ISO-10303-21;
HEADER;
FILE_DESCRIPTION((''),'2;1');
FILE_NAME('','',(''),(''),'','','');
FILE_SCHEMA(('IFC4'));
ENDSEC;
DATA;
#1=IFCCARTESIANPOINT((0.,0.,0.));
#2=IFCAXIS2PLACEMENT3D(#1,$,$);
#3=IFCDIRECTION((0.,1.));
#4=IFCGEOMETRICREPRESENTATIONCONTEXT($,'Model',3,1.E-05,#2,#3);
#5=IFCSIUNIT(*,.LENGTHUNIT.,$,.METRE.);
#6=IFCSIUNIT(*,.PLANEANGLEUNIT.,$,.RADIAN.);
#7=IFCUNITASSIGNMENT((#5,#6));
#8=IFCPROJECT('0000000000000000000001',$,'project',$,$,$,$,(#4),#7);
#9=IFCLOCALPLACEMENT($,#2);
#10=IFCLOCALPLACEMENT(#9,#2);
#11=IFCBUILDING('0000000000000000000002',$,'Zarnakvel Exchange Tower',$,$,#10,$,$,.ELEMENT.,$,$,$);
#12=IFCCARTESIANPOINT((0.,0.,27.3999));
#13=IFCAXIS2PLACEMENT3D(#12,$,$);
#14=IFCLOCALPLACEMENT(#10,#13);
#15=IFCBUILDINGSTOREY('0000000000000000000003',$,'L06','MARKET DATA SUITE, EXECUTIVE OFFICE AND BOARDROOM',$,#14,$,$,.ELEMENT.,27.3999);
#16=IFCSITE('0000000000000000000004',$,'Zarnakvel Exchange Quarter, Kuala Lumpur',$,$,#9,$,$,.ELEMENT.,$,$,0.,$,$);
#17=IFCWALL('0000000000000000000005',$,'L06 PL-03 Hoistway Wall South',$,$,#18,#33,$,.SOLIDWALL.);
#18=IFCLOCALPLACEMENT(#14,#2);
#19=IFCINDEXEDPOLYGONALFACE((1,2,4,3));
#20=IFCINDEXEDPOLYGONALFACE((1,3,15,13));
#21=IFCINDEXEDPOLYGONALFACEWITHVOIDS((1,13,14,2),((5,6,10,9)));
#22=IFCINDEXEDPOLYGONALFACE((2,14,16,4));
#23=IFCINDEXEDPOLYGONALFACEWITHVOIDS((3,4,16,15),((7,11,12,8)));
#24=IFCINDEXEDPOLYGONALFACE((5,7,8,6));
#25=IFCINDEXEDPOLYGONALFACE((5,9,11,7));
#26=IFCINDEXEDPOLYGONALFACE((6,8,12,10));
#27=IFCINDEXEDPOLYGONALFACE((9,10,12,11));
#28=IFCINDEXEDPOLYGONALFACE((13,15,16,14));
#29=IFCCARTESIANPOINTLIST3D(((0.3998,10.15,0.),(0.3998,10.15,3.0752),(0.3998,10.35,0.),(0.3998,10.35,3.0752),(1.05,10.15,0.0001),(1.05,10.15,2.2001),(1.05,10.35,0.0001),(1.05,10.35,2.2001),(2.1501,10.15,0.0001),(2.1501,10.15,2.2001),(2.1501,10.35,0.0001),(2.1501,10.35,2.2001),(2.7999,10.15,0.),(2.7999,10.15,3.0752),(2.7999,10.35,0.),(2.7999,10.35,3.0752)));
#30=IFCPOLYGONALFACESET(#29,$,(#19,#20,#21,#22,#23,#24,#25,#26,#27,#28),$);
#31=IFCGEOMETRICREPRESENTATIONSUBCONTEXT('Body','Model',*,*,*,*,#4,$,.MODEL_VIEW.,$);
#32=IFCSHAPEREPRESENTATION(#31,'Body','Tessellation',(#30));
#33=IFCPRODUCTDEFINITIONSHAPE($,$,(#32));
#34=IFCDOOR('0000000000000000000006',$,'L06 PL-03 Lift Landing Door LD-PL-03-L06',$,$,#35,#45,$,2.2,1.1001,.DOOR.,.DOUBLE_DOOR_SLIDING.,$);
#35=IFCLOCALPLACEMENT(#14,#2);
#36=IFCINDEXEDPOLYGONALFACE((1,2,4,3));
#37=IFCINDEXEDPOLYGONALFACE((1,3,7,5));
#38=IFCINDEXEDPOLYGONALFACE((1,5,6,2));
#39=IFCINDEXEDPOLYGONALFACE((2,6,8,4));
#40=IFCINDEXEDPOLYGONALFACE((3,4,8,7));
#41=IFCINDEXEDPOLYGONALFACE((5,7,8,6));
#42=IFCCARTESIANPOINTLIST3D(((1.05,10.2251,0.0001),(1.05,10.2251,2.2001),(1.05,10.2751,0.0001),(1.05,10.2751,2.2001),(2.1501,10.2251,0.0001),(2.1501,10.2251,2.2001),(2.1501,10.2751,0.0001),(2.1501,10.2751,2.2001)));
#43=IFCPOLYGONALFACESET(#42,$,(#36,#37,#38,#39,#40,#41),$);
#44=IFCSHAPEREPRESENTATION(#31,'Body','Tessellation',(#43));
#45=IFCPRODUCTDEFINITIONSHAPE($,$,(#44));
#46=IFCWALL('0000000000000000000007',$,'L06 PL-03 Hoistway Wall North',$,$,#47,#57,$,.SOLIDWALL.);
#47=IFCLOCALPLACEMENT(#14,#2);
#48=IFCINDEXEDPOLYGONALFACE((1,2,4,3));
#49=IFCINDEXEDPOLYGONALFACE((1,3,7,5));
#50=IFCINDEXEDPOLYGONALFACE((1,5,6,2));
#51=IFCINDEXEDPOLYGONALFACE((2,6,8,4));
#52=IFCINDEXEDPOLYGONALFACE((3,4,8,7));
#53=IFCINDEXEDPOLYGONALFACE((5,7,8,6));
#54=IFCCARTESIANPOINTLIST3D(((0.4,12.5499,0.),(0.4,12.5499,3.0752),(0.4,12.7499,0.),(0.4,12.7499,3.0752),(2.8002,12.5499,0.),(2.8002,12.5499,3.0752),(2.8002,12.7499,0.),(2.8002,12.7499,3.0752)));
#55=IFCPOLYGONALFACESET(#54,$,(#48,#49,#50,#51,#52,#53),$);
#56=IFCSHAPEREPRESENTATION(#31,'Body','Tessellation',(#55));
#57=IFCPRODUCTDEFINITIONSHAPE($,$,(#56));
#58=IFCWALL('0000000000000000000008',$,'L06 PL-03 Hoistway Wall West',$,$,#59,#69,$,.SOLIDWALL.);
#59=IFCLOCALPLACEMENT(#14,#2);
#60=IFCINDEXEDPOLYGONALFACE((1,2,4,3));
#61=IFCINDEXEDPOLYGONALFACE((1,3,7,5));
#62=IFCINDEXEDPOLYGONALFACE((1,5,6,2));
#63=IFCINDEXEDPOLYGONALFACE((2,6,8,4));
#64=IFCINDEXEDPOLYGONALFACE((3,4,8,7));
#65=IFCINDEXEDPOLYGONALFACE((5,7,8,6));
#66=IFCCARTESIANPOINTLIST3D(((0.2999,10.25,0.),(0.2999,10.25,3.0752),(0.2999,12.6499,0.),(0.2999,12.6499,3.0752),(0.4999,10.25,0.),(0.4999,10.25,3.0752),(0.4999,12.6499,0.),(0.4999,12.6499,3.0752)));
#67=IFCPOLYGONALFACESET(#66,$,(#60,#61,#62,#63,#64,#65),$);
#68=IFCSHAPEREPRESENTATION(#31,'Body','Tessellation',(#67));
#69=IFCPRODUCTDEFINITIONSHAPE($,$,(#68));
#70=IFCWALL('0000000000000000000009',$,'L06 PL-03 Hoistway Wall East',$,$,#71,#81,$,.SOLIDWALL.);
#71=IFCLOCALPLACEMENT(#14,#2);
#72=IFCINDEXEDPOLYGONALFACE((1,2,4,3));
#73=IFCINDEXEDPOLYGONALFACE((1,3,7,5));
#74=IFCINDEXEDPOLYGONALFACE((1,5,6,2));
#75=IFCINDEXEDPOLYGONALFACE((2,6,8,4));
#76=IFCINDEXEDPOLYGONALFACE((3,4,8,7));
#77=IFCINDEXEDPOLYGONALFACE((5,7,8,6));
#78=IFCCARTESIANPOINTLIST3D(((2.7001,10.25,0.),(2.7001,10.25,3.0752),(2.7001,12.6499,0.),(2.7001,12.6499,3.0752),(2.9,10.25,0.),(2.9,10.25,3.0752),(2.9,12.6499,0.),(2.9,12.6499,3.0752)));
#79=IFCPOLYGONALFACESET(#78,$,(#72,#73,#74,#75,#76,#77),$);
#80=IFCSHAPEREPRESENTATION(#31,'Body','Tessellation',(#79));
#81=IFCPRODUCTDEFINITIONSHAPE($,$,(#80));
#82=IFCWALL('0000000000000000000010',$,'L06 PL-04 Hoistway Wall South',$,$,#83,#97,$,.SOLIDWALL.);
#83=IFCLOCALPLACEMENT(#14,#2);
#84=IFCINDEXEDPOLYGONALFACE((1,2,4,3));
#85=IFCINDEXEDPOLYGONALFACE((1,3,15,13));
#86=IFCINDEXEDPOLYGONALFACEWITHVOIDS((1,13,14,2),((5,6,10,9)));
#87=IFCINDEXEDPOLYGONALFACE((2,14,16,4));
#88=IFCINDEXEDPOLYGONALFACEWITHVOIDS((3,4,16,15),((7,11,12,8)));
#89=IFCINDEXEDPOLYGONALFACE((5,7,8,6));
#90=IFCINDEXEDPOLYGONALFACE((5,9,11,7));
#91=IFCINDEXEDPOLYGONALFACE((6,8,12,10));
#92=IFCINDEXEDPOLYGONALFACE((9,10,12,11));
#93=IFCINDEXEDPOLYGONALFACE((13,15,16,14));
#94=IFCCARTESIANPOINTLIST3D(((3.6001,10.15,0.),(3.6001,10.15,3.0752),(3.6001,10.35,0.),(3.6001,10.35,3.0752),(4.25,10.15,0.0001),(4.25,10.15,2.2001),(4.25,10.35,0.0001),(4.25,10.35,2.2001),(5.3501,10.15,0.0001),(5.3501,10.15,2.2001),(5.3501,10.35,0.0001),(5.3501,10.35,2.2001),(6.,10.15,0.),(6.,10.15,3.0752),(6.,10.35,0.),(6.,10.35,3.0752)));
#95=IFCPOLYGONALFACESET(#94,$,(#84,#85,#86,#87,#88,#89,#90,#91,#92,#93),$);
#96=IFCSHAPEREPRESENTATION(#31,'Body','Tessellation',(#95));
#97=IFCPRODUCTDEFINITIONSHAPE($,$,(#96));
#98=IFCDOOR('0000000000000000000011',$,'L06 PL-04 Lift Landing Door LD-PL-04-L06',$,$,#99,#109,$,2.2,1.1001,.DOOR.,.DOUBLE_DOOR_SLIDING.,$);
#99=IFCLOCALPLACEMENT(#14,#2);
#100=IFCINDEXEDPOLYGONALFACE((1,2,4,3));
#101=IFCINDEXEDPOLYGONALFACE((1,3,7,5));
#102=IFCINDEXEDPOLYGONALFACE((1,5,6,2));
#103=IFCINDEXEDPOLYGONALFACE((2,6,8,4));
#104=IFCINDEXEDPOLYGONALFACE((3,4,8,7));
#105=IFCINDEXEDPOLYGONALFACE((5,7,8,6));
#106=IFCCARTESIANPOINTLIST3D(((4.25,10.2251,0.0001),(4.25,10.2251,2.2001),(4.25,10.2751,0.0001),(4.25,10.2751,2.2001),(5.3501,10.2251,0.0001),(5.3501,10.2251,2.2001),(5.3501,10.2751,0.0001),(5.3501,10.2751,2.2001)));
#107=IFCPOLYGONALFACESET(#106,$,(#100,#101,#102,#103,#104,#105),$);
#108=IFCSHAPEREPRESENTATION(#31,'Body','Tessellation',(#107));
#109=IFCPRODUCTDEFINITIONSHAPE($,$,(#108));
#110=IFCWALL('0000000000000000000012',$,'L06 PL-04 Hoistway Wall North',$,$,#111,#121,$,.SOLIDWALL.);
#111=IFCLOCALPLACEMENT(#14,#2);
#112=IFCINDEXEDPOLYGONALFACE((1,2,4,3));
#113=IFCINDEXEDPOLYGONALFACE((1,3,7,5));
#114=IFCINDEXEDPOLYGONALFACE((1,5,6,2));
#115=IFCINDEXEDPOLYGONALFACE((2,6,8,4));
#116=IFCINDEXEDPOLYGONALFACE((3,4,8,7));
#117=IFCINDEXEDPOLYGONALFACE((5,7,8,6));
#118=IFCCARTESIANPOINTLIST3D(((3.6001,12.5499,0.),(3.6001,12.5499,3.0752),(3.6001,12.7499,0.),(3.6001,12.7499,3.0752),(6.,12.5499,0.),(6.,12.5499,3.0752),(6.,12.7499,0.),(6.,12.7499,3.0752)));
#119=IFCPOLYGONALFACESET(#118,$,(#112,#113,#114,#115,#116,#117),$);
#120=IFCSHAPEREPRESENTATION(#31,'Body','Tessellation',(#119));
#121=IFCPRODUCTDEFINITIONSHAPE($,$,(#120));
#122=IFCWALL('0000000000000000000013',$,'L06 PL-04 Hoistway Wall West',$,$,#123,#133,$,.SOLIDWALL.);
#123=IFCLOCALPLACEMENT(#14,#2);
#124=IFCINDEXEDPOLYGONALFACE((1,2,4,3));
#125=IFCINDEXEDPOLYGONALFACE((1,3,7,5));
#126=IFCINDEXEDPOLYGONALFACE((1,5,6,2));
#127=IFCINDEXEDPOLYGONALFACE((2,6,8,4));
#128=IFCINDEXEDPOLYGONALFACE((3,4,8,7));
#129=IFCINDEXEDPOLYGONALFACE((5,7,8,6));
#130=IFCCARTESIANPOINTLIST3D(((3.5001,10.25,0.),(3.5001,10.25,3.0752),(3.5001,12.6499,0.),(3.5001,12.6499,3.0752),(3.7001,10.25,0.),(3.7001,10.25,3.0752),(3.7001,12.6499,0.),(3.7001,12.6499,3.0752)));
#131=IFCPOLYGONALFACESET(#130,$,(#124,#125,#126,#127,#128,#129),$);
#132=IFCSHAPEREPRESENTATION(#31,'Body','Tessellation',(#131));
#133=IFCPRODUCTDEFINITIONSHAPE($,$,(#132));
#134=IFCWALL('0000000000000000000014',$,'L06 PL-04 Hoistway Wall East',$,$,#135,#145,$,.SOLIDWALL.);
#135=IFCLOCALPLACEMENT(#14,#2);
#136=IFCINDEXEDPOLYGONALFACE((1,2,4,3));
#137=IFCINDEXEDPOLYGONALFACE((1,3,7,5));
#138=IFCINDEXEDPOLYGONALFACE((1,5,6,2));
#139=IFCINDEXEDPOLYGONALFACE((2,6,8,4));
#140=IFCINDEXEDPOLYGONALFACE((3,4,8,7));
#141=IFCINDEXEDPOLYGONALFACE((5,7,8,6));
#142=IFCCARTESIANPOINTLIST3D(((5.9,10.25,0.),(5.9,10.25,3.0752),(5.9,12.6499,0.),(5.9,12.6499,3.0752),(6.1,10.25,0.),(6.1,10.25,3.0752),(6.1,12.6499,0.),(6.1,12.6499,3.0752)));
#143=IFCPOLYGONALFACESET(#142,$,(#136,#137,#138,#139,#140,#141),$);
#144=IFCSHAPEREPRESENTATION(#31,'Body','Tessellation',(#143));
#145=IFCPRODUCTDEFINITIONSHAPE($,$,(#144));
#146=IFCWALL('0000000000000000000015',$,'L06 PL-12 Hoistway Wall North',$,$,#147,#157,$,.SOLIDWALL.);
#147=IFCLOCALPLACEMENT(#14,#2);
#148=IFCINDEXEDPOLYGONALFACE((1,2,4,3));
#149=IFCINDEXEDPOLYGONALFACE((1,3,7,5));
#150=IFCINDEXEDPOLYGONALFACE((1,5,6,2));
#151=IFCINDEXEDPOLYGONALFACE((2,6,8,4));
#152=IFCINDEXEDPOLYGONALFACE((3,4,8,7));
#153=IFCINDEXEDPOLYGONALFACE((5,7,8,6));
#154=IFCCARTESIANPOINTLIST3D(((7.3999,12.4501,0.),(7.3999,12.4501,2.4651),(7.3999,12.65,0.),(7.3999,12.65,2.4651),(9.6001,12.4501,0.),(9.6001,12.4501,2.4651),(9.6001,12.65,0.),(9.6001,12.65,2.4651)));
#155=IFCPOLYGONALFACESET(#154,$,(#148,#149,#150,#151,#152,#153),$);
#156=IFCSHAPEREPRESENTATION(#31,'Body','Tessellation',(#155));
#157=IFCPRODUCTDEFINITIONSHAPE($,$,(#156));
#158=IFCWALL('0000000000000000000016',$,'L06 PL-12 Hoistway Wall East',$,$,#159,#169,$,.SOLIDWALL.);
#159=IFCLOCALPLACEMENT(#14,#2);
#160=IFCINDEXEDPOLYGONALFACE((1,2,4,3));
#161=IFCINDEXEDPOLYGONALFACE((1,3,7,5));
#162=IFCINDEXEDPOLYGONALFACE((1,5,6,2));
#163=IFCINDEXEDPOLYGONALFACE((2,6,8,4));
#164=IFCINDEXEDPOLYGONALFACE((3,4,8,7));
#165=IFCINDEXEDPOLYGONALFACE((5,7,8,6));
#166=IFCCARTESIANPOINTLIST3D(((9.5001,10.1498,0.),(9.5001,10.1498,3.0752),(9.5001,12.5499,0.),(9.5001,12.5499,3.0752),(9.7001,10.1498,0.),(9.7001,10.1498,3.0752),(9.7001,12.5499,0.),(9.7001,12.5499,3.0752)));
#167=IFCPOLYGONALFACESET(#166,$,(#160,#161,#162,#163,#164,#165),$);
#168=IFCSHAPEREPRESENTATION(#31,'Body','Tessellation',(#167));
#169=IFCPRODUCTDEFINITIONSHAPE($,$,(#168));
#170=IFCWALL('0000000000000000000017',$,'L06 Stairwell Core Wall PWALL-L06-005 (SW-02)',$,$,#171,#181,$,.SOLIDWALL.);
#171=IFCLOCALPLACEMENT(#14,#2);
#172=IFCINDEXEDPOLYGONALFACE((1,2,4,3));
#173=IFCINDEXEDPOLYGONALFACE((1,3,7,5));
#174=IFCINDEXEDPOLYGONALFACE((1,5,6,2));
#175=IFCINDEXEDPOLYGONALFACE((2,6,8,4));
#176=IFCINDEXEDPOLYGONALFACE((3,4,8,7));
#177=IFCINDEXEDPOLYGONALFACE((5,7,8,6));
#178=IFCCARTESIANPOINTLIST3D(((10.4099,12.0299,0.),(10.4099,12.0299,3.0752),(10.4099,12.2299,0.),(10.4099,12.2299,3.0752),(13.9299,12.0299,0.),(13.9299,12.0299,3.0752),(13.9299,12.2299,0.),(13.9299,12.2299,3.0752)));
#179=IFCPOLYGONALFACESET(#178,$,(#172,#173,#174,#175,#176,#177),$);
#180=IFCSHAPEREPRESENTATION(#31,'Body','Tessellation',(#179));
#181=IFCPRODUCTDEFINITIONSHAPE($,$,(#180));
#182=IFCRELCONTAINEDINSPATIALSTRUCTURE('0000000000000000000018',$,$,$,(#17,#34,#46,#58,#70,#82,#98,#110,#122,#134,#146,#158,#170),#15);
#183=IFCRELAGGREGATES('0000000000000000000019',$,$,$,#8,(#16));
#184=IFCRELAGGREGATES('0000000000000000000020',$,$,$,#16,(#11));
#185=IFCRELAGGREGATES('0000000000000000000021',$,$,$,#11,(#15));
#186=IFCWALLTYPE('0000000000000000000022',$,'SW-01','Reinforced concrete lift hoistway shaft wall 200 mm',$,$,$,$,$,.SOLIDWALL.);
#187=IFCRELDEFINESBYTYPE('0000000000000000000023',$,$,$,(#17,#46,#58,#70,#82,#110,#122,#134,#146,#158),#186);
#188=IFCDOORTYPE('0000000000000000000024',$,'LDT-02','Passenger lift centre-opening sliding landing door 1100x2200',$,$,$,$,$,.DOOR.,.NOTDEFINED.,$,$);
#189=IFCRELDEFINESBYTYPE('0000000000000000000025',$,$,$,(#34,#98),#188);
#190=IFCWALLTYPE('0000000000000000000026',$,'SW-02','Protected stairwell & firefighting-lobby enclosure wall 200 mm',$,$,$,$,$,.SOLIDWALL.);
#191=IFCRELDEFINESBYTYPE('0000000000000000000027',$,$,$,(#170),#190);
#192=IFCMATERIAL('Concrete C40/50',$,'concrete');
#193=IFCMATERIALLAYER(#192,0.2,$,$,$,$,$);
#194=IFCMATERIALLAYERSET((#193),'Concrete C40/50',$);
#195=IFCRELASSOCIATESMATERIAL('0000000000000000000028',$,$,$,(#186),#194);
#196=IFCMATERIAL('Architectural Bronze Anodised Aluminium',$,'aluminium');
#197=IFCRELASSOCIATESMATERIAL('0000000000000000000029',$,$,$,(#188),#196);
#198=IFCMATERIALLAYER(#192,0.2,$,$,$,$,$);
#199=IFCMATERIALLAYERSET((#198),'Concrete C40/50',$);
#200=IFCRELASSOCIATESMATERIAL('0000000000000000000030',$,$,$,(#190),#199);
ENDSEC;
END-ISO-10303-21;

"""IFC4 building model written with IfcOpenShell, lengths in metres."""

from ifc_helpers import new_model, si_unit, direction, frame, frame_2d, origin, place, context, subcontext, project, spatial, rectangle, extrude, source, transform, mapped, material, layer, layer_set, type_object, element, fill, save


model = new_model("IFC4")

# Units and contexts
model_context = context("Model", 3, precision=1e-05, world=origin(), true_north=direction((0.0, 1.0)))
body_context = subcontext(model_context, "Body", "Model", "MODEL_VIEW")
ifc_project = project(units=[si_unit("LENGTHUNIT", "METRE"), si_unit("PLANEANGLEUNIT", "RADIAN")], contexts=[model_context])

# Site, building, storey
site_placement = place(None, origin())
site = spatial("IfcSite", under=ifc_project, at=site_placement, Name="Zarnakvel Exchange Quarter, Kuala Lumpur", CompositionType="ELEMENT", RefElevation=0.0)
building_placement = place(site_placement, origin())
building = spatial("IfcBuilding", under=site, at=building_placement, Name="Zarnakvel Exchange Tower", CompositionType="ELEMENT")
storey_placement = place(building_placement, frame((0.0, 0.0, 27.3999)))
storey = spatial("IfcBuildingStorey", under=building, at=storey_placement, Name="L06", Description="MARKET DATA SUITE, EXECUTIVE OFFICE AND BOARDROOM", CompositionType="ELEMENT", Elevation=27.3999)

# Shared definitions
ifc_material_1 = material(Name="Architectural Bronze Anodised Aluminium", Category="aluminium")

# Shared definitions
ifc_material_2 = material(Name="Concrete C40/50", Category="concrete")
ifc_layer_1 = layer(ifc_material_2, 0.2)
ifc_layer_set_1 = layer_set([ifc_layer_1], Name="Concrete C40/50")
wall_type_1 = type_object("IfcWallType", Name="SW-01", Description="Reinforced concrete lift hoistway shaft wall 200 mm", PredefinedType="SOLIDWALL", material=ifc_layer_set_1)
door_type = type_object("IfcDoorType", Name="LDT-02", Description="Passenger lift centre-opening sliding landing door 1100x2200", OperationType="NOTDEFINED", PredefinedType="DOOR", material=ifc_material_1)
shared_shape_1 = source(origin(), body_context, "Body", "SweptSolid", [
    extrude(rectangle(XDim=1.1001, YDim=2.2, at=frame_2d((0.55, 1.1001))), frame((0.0, 0.0249, 0.0), z_axis=(0.0, -1.0, 0.0), x_axis=(1.0, 0.0, 0.0)), (0.0, 0.0, 1.0), 0.05),
])

# Wall, opening, door
wall_1_placement = place(storey_placement, frame((2.8, 10.25, 0.0), z_axis=(0.0, 0.0, 1.0), x_axis=(-1.0, 0.0, 0.0)))
wall_1 = element("IfcWall", 1, at=wall_1_placement, inside=storey, type_object=wall_type_1, Name="L06 PL-03 Hoistway Wall South", PredefinedType="SOLIDWALL", context=body_context, shape_type="SweptSolid", body=[
    extrude(rectangle(XDim=2.4001, YDim=0.2, at=frame_2d((1.2002, 0.0))), origin(), (0.0, 0.0, 1.0), 3.0752),
])
opening_1_placement = place(wall_1_placement, frame((0.6499, 0.0, 0.0)))
opening_1 = element("IfcOpeningElement", 2, at=opening_1_placement, cuts=wall_1, PredefinedType="OPENING", context=body_context, shape_type="SweptSolid", body=[
    extrude(rectangle(XDim=1.1001, YDim=2.2, at=frame_2d((0.55, 1.1001))), frame((0.0, 0.1099, 0.0), z_axis=(0.0, -1.0, 0.0), x_axis=(1.0, 0.0, 0.0)), (0.0, 0.0, 1.0), 0.22),
])
door_1_placement = place(opening_1_placement, origin())
door_1 = element("IfcDoor", 3, at=door_1_placement, inside=storey, type_object=door_type, Name="L06 PL-03 Lift Landing Door LD-PL-03-L06", OperationType="DOUBLE_DOOR_SLIDING", OverallHeight=2.2, OverallWidth=1.1001, PredefinedType="DOOR", context=body_context, shape_type="MappedRepresentation", body=[
    mapped(shared_shape_1, transform((0.0, 0.0, 0.0), x_axis=(1.0, 0.0, 0.0), y_axis=(0.0, 1.0, 0.0), z_axis=(0.0, 0.0, 1.0), scale=1.0)),
])
fill(opening_1, door_1)

# Walls
wall_2_placement = place(storey_placement, frame((0.3999, 12.6499, 0.0), z_axis=(0.0, 0.0, 1.0), x_axis=(1.0, 0.0, 0.0)))
element("IfcWall", 4, at=wall_2_placement, inside=storey, type_object=wall_type_1, Name="L06 PL-03 Hoistway Wall North", PredefinedType="SOLIDWALL", context=body_context, shape_type="SweptSolid", body=[
    extrude(rectangle(XDim=2.4001, YDim=0.2, at=frame_2d((1.2002, 0.0))), origin(), (0.0, 0.0, 1.0), 3.0752),
])
for number, where, z_axis, x_axis, name in (
    (5, (0.3999, 10.25, 0.0), (0.0, 0.0, 1.0), (0.0, 1.0, 0.0), "L06 PL-03 Hoistway Wall West"),
    (6, (2.8, 12.6499, 0.0), (0.0, 0.0, 1.0), (0.0, -1.0, 0.0), "L06 PL-03 Hoistway Wall East"),
):
    element("IfcWall", number, at=place(storey_placement, frame(where, z_axis=z_axis, x_axis=x_axis)), inside=storey, type_object=wall_type_1, Name=name, PredefinedType="SOLIDWALL", context=body_context, shape_type="SweptSolid", body=[
        extrude(rectangle(XDim=2.3999, YDim=0.2, at=frame_2d((1.2, 0.0))), origin(), (0.0, 0.0, 1.0), 3.0752),
    ])

# Wall, opening, door
wall_3_placement = place(storey_placement, frame((6.0, 10.25, 0.0), z_axis=(0.0, 0.0, 1.0), x_axis=(-1.0, 0.0, 0.0)))
wall_3 = element("IfcWall", 7, at=wall_3_placement, inside=storey, type_object=wall_type_1, Name="L06 PL-04 Hoistway Wall South", PredefinedType="SOLIDWALL", context=body_context, shape_type="SweptSolid", body=[
    extrude(rectangle(XDim=2.3999, YDim=0.2, at=frame_2d((1.2, 0.0))), origin(), (0.0, 0.0, 1.0), 3.0752),
])
opening_2_placement = place(wall_3_placement, frame((0.6499, 0.0, 0.0)))
opening_2 = element("IfcOpeningElement", 8, at=opening_2_placement, cuts=wall_3, PredefinedType="OPENING", context=body_context, shape_type="SweptSolid", body=[
    extrude(rectangle(XDim=1.1001, YDim=2.2, at=frame_2d((0.55, 1.1001))), frame((0.0, 0.1099, 0.0), z_axis=(0.0, -1.0, 0.0), x_axis=(1.0, 0.0, 0.0)), (0.0, 0.0, 1.0), 0.22),
])
door_2_placement = place(opening_2_placement, origin())
door_2 = element("IfcDoor", 9, at=door_2_placement, inside=storey, type_object=door_type, Name="L06 PL-04 Lift Landing Door LD-PL-04-L06", OperationType="DOUBLE_DOOR_SLIDING", OverallHeight=2.2, OverallWidth=1.1001, PredefinedType="DOOR", context=body_context, shape_type="MappedRepresentation", body=[
    mapped(shared_shape_1, transform((0.0, 0.0, 0.0), x_axis=(1.0, 0.0, 0.0), y_axis=(0.0, 1.0, 0.0), z_axis=(0.0, 0.0, 1.0), scale=1.0)),
])
fill(opening_2, door_2)

# Walls
for number, where, z_axis, x_axis, name in (
    (10, (3.6001, 12.6499, 0.0), (0.0, 0.0, 1.0), (1.0, 0.0, 0.0), "L06 PL-04 Hoistway Wall North"),
    (11, (3.6001, 10.25, 0.0), (0.0, 0.0, 1.0), (0.0, 1.0, 0.0), "L06 PL-04 Hoistway Wall West"),
    (12, (6.0, 12.6499, 0.0), (0.0, 0.0, 1.0), (0.0, -1.0, 0.0), "L06 PL-04 Hoistway Wall East"),
):
    element("IfcWall", number, at=place(storey_placement, frame(where, z_axis=z_axis, x_axis=x_axis)), inside=storey, type_object=wall_type_1, Name=name, PredefinedType="SOLIDWALL", context=body_context, shape_type="SweptSolid", body=[
        extrude(rectangle(XDim=2.3999, YDim=0.2, at=frame_2d((1.2, 0.0))), origin(), (0.0, 0.0, 1.0), 3.0752),
    ])
wall_4_placement = place(storey_placement, frame((7.3999, 12.55, 0.0), z_axis=(0.0, 0.0, 1.0), x_axis=(1.0, 0.0, 0.0)))
element("IfcWall", 13, at=wall_4_placement, inside=storey, type_object=wall_type_1, Name="L06 PL-12 Hoistway Wall North", PredefinedType="SOLIDWALL", context=body_context, shape_type="SweptSolid", body=[
    extrude(rectangle(XDim=2.2002, YDim=0.2, at=frame_2d((1.1001, 0.0))), origin(), (0.0, 0.0, 1.0), 2.4651),
])
wall_5_placement = place(storey_placement, frame((9.6001, 12.55, 0.0), z_axis=(0.0, 0.0, 1.0), x_axis=(0.0, -1.0, 0.0)))
element("IfcWall", 14, at=wall_5_placement, inside=storey, type_object=wall_type_1, Name="L06 PL-12 Hoistway Wall East", PredefinedType="SOLIDWALL", context=body_context, shape_type="SweptSolid", body=[
    extrude(rectangle(XDim=2.4001, YDim=0.2, at=frame_2d((1.2002, 0.0))), origin(), (0.0, 0.0, 1.0), 3.0752),
])
ifc_layer_2 = layer(ifc_material_2, 0.2)
ifc_layer_set_2 = layer_set([ifc_layer_2], Name="Concrete C40/50")
wall_type_2 = type_object("IfcWallType", Name="SW-02", Description="Protected stairwell & firefighting-lobby enclosure wall 200 mm", PredefinedType="SOLIDWALL", material=ifc_layer_set_2)
wall_6_placement = place(storey_placement, frame((10.4099, 12.1299, 0.0), z_axis=(0.0, 0.0, 1.0), x_axis=(1.0, 0.0, 0.0)))
element("IfcWall", 15, at=wall_6_placement, inside=storey, type_object=wall_type_2, Name="L06 Stairwell Core Wall PWALL-L06-005 (SW-02)", PredefinedType="SOLIDWALL", context=body_context, shape_type="SweptSolid", body=[
    extrude(rectangle(XDim=3.52, YDim=0.2, at=frame_2d((1.76, 0.0))), origin(), (0.0, 0.0, 1.0), 3.0752),
])

save(model, "model.ifc")
